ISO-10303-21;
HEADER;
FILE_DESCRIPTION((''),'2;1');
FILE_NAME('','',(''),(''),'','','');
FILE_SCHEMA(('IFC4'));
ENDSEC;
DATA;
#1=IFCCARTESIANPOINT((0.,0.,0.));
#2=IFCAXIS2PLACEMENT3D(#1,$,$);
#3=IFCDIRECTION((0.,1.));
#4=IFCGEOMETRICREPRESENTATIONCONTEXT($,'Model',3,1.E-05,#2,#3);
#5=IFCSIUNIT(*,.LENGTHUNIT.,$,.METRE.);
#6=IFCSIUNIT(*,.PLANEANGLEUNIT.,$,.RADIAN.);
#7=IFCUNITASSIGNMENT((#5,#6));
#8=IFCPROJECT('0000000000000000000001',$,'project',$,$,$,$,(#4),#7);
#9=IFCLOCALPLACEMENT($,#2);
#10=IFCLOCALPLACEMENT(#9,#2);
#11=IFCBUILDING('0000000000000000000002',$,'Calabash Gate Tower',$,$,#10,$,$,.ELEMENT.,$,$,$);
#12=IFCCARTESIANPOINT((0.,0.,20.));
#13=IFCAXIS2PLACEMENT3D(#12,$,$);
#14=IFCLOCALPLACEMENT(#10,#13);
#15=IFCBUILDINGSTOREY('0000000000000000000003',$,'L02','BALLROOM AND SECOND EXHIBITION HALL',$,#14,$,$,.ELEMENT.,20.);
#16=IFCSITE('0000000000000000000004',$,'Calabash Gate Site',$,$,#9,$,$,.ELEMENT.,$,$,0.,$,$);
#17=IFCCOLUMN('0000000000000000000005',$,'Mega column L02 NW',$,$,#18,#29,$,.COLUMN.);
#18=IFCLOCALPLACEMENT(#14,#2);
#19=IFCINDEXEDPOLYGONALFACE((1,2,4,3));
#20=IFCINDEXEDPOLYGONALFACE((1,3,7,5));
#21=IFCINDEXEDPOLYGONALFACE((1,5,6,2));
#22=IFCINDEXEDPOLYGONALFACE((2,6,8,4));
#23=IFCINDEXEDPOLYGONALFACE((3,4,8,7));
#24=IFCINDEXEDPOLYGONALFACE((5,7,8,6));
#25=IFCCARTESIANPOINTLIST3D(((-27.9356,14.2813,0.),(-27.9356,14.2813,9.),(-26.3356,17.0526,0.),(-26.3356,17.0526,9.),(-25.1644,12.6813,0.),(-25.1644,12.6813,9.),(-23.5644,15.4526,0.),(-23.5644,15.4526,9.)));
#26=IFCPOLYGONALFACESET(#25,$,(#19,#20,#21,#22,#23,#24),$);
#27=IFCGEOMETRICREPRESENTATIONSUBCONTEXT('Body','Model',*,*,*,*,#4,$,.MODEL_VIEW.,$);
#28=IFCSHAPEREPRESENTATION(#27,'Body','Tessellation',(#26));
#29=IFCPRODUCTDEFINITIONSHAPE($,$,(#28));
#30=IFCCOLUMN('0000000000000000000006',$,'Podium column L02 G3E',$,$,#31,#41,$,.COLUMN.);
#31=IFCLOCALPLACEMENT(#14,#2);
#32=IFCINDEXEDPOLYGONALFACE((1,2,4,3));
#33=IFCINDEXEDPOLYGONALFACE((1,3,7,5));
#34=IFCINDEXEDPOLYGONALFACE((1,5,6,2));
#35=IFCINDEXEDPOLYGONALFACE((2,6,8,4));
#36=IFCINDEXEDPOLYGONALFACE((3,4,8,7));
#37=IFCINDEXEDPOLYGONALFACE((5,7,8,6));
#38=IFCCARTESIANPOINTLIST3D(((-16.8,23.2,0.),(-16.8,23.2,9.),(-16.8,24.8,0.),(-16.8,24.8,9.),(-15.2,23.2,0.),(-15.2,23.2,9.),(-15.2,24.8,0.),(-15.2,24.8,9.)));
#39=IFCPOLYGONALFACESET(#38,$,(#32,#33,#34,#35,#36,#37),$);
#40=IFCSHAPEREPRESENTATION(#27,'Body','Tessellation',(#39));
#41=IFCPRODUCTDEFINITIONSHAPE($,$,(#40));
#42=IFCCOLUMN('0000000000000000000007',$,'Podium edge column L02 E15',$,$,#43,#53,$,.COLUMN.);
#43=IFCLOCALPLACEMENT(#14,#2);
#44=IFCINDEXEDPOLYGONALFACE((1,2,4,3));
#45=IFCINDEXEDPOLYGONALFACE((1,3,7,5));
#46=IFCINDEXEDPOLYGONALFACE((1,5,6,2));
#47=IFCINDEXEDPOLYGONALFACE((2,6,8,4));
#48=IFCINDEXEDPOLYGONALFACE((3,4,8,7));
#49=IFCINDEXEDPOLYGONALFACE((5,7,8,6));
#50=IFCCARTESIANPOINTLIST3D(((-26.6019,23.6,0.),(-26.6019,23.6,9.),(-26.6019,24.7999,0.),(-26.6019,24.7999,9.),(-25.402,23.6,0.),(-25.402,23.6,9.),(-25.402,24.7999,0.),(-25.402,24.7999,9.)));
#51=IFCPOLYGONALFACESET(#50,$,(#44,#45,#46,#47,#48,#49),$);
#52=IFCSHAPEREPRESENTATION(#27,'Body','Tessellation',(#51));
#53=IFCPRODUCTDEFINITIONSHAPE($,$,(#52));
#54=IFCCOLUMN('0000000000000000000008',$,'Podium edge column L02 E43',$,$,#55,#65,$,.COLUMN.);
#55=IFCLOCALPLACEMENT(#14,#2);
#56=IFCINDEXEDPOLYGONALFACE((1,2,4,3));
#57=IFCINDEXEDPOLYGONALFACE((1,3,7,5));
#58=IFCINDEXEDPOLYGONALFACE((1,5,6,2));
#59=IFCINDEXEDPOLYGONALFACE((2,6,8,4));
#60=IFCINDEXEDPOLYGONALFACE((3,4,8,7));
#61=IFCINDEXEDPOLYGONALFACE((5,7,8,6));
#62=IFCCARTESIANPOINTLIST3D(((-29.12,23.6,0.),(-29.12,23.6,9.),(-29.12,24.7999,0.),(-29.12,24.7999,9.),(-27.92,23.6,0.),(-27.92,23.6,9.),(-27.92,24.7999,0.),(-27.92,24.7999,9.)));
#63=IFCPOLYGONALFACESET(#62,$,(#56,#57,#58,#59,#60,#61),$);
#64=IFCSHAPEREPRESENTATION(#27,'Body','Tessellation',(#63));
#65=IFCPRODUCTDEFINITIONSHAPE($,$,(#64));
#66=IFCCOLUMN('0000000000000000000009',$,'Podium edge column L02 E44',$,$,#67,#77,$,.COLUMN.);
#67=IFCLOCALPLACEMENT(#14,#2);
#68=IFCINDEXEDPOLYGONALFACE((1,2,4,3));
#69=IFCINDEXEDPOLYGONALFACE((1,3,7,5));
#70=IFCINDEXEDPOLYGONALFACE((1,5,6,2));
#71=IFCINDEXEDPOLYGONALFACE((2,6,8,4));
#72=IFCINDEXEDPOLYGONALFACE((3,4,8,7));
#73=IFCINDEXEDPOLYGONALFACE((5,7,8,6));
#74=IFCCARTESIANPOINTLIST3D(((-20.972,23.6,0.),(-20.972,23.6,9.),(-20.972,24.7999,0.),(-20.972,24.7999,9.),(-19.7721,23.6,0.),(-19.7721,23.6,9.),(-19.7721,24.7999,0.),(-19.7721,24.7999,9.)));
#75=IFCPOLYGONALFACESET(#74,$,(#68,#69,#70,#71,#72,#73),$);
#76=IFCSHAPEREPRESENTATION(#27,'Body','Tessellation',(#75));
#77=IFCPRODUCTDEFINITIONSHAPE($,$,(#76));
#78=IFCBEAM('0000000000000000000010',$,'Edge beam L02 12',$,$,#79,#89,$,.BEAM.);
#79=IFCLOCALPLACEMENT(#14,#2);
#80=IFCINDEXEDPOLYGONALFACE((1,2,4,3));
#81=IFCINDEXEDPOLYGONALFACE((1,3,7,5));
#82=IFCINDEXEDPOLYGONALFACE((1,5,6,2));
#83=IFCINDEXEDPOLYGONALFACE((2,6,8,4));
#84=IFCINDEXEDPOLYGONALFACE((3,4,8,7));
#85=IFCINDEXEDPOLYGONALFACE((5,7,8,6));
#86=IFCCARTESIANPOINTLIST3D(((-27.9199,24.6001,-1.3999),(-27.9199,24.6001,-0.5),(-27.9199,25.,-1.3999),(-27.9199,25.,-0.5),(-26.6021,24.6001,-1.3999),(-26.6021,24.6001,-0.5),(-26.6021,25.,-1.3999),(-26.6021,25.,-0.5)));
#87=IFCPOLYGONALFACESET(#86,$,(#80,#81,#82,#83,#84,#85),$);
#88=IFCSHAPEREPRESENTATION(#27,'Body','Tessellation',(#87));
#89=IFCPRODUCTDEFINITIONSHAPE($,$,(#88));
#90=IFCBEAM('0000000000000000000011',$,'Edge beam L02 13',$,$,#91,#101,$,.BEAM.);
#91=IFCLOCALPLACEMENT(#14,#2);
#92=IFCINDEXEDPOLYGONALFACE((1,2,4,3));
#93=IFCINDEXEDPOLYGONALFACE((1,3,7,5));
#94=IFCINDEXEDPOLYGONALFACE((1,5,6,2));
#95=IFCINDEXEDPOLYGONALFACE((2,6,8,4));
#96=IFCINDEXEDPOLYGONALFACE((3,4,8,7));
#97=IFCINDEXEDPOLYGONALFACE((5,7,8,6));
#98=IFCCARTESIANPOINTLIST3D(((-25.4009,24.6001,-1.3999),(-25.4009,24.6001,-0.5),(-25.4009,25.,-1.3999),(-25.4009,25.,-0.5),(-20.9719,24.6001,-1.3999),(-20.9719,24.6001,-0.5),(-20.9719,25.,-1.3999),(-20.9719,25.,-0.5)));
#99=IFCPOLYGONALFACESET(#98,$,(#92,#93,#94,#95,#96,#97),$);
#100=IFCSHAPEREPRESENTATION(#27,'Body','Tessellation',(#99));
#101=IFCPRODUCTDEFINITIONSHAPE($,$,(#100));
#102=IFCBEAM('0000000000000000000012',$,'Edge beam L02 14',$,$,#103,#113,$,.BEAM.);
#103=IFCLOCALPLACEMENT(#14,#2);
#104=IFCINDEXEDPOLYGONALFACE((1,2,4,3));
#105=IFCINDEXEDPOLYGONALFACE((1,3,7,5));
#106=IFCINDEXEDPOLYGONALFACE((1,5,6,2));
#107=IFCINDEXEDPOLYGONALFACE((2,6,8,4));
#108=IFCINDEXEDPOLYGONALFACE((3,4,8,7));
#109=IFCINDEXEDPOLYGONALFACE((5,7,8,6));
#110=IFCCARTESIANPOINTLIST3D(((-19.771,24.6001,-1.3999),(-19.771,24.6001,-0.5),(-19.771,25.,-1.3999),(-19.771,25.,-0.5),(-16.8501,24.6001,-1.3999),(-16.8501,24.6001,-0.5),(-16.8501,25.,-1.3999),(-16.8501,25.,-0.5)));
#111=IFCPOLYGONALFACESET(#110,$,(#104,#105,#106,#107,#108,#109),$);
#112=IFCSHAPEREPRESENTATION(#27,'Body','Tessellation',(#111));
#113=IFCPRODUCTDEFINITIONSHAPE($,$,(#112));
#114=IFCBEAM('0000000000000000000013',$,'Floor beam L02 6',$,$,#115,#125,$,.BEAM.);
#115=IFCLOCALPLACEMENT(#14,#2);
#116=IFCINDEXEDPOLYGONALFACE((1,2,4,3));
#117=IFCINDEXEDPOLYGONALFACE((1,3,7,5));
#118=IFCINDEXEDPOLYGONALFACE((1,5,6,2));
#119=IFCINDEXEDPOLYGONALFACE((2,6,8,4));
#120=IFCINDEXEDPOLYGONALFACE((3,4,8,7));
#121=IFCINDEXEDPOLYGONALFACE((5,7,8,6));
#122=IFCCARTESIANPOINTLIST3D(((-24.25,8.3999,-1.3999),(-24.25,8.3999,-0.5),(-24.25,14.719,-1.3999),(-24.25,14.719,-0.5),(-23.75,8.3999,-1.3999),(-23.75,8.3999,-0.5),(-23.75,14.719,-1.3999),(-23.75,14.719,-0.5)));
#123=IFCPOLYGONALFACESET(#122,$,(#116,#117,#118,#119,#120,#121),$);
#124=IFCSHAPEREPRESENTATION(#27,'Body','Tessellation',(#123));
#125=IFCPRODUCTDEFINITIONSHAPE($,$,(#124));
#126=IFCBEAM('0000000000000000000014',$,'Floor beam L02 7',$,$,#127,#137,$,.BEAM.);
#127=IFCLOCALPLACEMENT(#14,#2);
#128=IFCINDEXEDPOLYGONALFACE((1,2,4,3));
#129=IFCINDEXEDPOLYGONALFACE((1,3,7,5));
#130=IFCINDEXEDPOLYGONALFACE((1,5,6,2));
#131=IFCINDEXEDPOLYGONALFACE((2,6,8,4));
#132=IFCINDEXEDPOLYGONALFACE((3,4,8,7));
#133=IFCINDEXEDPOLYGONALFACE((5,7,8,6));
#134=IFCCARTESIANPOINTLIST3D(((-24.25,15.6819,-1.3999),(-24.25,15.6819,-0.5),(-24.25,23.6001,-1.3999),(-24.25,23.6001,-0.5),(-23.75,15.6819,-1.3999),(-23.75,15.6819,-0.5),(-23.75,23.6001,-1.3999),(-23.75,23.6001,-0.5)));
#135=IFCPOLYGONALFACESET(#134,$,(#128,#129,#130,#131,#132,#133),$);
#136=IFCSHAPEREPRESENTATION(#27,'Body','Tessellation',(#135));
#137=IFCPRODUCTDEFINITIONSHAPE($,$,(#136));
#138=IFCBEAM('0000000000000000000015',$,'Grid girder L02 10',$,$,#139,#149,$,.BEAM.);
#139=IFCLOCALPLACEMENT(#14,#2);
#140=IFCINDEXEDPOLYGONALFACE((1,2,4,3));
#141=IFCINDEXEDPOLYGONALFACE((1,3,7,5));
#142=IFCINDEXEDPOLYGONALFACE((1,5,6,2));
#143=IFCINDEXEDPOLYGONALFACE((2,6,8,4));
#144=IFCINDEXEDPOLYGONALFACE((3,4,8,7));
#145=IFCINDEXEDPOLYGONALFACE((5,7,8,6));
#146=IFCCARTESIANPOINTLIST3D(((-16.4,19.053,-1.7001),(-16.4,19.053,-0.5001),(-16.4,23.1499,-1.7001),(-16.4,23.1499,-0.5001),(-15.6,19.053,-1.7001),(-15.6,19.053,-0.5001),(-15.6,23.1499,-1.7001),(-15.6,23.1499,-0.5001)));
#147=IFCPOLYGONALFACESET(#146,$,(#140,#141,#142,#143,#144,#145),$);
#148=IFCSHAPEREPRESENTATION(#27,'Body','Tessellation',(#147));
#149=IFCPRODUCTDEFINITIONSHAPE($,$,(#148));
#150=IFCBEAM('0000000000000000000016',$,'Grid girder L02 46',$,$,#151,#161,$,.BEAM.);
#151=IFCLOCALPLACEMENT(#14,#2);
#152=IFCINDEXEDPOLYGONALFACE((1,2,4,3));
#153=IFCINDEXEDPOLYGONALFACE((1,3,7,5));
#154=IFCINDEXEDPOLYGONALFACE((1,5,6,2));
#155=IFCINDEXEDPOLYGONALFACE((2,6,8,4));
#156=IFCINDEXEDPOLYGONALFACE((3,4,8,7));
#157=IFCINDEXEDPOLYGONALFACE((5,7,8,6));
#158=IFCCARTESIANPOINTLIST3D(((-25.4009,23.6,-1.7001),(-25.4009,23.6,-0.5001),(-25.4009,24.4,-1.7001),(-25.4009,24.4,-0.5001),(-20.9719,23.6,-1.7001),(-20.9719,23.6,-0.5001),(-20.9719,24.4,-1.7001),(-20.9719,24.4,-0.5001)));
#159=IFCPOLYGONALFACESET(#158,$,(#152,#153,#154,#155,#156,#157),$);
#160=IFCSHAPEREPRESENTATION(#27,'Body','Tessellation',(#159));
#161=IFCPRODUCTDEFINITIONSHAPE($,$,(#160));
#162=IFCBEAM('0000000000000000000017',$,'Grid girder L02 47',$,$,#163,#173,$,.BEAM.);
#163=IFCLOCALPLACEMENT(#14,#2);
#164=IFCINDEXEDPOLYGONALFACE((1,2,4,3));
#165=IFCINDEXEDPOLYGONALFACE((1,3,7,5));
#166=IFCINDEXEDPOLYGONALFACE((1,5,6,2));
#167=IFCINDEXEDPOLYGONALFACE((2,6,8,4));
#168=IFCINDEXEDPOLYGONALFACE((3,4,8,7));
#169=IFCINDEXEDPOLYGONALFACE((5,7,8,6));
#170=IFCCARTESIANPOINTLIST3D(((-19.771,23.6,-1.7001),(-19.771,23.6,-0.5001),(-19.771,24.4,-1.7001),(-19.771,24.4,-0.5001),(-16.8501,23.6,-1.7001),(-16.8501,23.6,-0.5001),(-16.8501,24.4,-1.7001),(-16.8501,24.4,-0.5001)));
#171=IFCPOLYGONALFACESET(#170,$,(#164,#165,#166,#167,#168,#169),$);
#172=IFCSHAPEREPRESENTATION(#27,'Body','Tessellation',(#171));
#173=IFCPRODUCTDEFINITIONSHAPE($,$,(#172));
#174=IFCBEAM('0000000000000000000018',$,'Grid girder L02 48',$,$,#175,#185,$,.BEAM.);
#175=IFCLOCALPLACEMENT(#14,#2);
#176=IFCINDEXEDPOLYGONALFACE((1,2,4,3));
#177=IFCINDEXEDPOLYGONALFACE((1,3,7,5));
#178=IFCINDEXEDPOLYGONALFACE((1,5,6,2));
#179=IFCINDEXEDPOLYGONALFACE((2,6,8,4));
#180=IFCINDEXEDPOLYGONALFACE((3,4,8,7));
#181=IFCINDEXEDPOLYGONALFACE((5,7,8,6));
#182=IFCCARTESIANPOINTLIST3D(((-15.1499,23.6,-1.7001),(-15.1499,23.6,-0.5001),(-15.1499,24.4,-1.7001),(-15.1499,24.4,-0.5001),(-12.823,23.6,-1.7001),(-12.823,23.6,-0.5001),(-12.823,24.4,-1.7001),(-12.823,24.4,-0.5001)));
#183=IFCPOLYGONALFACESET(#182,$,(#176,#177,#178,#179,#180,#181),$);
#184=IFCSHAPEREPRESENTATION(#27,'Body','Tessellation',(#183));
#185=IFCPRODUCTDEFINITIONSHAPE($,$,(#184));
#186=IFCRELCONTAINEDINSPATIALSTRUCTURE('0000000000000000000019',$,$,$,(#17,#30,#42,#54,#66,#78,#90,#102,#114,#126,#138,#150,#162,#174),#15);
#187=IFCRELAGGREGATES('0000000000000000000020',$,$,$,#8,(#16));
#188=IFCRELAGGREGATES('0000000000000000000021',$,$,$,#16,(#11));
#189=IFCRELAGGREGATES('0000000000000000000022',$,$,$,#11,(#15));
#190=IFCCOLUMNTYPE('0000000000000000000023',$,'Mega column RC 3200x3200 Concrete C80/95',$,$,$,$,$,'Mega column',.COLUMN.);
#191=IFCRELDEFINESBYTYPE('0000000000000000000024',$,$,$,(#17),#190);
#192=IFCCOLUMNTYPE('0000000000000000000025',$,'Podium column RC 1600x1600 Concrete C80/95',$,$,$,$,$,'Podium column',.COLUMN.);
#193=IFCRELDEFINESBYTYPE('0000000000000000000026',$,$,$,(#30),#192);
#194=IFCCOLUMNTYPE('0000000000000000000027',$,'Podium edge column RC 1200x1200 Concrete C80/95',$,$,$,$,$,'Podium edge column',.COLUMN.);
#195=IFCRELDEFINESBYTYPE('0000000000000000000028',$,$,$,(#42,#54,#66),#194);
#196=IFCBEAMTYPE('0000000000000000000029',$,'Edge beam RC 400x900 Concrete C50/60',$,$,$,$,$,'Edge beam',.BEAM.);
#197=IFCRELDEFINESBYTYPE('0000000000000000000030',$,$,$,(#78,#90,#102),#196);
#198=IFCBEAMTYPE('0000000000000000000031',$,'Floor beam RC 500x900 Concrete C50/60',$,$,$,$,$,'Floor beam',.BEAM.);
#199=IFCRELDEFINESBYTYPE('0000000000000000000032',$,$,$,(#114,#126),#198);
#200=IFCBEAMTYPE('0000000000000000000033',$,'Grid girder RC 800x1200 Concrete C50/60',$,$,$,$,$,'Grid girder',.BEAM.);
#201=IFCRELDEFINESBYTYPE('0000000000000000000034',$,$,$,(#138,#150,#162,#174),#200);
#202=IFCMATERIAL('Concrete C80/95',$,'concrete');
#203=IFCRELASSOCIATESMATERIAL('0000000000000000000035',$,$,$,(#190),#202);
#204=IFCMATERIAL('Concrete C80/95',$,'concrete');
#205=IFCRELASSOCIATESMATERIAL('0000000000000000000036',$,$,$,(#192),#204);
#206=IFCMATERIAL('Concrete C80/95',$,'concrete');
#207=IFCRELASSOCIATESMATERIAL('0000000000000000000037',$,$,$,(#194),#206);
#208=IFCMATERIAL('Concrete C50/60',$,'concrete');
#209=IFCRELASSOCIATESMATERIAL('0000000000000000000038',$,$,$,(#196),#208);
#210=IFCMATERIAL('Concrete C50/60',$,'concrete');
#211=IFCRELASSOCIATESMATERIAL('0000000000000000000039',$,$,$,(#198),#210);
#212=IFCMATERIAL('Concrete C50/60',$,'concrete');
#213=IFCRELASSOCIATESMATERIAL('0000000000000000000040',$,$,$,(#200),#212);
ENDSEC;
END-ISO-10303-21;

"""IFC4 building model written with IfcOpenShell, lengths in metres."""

from ifc_helpers import new_model, si_unit, direction, frame, origin, origin_2d, place, context, subcontext, project, spatial, rectangle, extrude, material, material_profile, profile_set, type_object, element, save


model = new_model("IFC4")

# Units and contexts
model_context = context("Model", 3, precision=1e-05, world=origin(), true_north=direction((0.0, 1.0)))
body_context = subcontext(model_context, "Body", "Model", "MODEL_VIEW")
ifc_project = project(units=[si_unit("LENGTHUNIT", "METRE"), si_unit("PLANEANGLEUNIT", "RADIAN")], contexts=[model_context])

# Site, building, storey
site_placement = place(None, origin())
site = spatial("IfcSite", under=ifc_project, at=site_placement, Name="Calabash Gate Site", CompositionType="ELEMENT", RefElevation=0.0)
building_placement = place(site_placement, origin())
building = spatial("IfcBuilding", under=site, at=building_placement, Name="Calabash Gate Tower", CompositionType="ELEMENT")
storey_placement = place(building_placement, frame((0.0, 0.0, 20.0)))
storey = spatial("IfcBuildingStorey", under=building, at=storey_placement, Name="L02", Description="BALLROOM AND SECOND EXHIBITION HALL", CompositionType="ELEMENT", Elevation=20.0)

# Columns
ifc_material_1 = material(Name="Concrete C80/95", Category="concrete")
ifc_material_profile_1 = material_profile(ifc_material_1, rectangle(XDim=3.2, YDim=3.2, at=origin_2d()))
ifc_profile_set_1 = profile_set([ifc_material_profile_1], Name="Concrete C80/95")
column_type_1 = type_object("IfcColumnType", Name="Mega column RC 3200x3200 Concrete C80/95", ElementType="Mega column", PredefinedType="COLUMN", material=ifc_profile_set_1)
column_1_placement = place(storey_placement, frame((-25.75, 14.8669, 0.0), z_axis=(0.0, 0.0, 1.0), x_axis=(0.866025, -0.5, 0.0)))
element("IfcColumn", 1, at=column_1_placement, inside=storey, type_object=column_type_1, Name="Mega column L02 NW", PredefinedType="COLUMN", context=body_context, shape_type="SweptSolid", body=[
    extrude(rectangle(XDim=3.2, YDim=3.2, at=origin_2d()), origin(), (0.0, 0.0, 1.0), 9.0),
])
ifc_material_2 = material(Name="Concrete C80/95", Category="concrete")
ifc_material_profile_2 = material_profile(ifc_material_2, rectangle(XDim=1.6001, YDim=1.6001, at=origin_2d()))
ifc_profile_set_2 = profile_set([ifc_material_profile_2], Name="Concrete C80/95")
column_type_2 = type_object("IfcColumnType", Name="Podium column RC 1600x1600 Concrete C80/95", ElementType="Podium column", PredefinedType="COLUMN", material=ifc_profile_set_2)
column_2_placement = place(storey_placement, frame((-16.0, 24.0, 0.0), z_axis=(0.0, 0.0, 1.0), x_axis=(1.0, 0.0, 0.0)))
element("IfcColumn", 2, at=column_2_placement, inside=storey, type_object=column_type_2, Name="Podium column L02 G3E", PredefinedType="COLUMN", context=body_context, shape_type="SweptSolid", body=[
    extrude(rectangle(XDim=1.6001, YDim=1.6001, at=origin_2d()), origin(), (0.0, 0.0, 1.0), 9.0),
])
ifc_material_3 = material(Name="Concrete C80/95", Category="concrete")
ifc_material_profile_3 = material_profile(ifc_material_3, rectangle(XDim=1.2, YDim=1.2, at=origin_2d()))
ifc_profile_set_3 = profile_set([ifc_material_profile_3], Name="Concrete C80/95")
column_type_3 = type_object("IfcColumnType", Name="Podium edge column RC 1200x1200 Concrete C80/95", ElementType="Podium edge column", PredefinedType="COLUMN", material=ifc_profile_set_3)
for number, where, z_axis, x_axis, name in (
    (3, (-26.002, 24.2, 0.0), (0.0, 0.0, 1.0), (1.0, 0.0, 0.0), "Podium edge column L02 E15"),
    (4, (-28.52, 24.2, 0.0), (0.0, 0.0, 1.0), (1.0, 0.0, 0.0), "Podium edge column L02 E43"),
    (5, (-20.3721, 24.2, 0.0), (0.0, 0.0, 1.0), (1.0, 0.0, 0.0), "Podium edge column L02 E44"),
):
    element("IfcColumn", number, at=place(storey_placement, frame(where, z_axis=z_axis, x_axis=x_axis)), inside=storey, type_object=column_type_3, Name=name, PredefinedType="COLUMN", context=body_context, shape_type="SweptSolid", body=[
        extrude(rectangle(XDim=1.2, YDim=1.2, at=origin_2d()), origin(), (0.0, 0.0, 1.0), 9.0),
    ])

# Beams
ifc_material_4 = material(Name="Concrete C50/60", Category="concrete")
ifc_material_profile_4 = material_profile(ifc_material_4, rectangle(XDim=0.3999, YDim=0.8999, at=origin_2d()))
ifc_profile_set_4 = profile_set([ifc_material_profile_4], Name="Concrete C50/60")
beam_type_1 = type_object("IfcBeamType", Name="Edge beam RC 400x900 Concrete C50/60", ElementType="Edge beam", PredefinedType="BEAM", material=ifc_profile_set_4)
beam_1_placement = place(storey_placement, frame((-27.9199, 24.8, -0.95), z_axis=(1.0, 0.0, 0.0), x_axis=(0.0, 1.0, 0.0)))
element("IfcBeam", 6, at=beam_1_placement, inside=storey, type_object=beam_type_1, Name="Edge beam L02 12", PredefinedType="BEAM", context=body_context, shape_type="SweptSolid", body=[
    extrude(rectangle(XDim=0.3999, YDim=0.8999, at=origin_2d()), origin(), (0.0, 0.0, 1.0), 1.3179),
])
beam_2_placement = place(storey_placement, frame((-25.4009, 24.8, -0.95), z_axis=(1.0, 0.0, 0.0), x_axis=(0.0, 1.0, 0.0)))
element("IfcBeam", 7, at=beam_2_placement, inside=storey, type_object=beam_type_1, Name="Edge beam L02 13", PredefinedType="BEAM", context=body_context, shape_type="SweptSolid", body=[
    extrude(rectangle(XDim=0.3999, YDim=0.8999, at=origin_2d()), origin(), (0.0, 0.0, 1.0), 4.429),
])
beam_3_placement = place(storey_placement, frame((-19.771, 24.8, -0.95), z_axis=(1.0, 0.0, 0.0), x_axis=(0.0, 1.0, 0.0)))
element("IfcBeam", 8, at=beam_3_placement, inside=storey, type_object=beam_type_1, Name="Edge beam L02 14", PredefinedType="BEAM", context=body_context, shape_type="SweptSolid", body=[
    extrude(rectangle(XDim=0.3999, YDim=0.8999, at=origin_2d()), origin(), (0.0, 0.0, 1.0), 2.9209),
])
ifc_material_5 = material(Name="Concrete C50/60", Category="concrete")
ifc_material_profile_5 = material_profile(ifc_material_5, rectangle(XDim=0.5, YDim=0.8999, at=origin_2d()))
ifc_profile_set_5 = profile_set([ifc_material_profile_5], Name="Concrete C50/60")
beam_type_2 = type_object("IfcBeamType", Name="Floor beam RC 500x900 Concrete C50/60", ElementType="Floor beam", PredefinedType="BEAM", material=ifc_profile_set_5)
beam_4_placement = place(storey_placement, frame((-24.0, 8.3999, -0.95), z_axis=(0.0, 1.0, 0.0), x_axis=(-1.0, 0.0, 0.0)))
element("IfcBeam", 9, at=beam_4_placement, inside=storey, type_object=beam_type_2, Name="Floor beam L02 6", PredefinedType="BEAM", context=body_context, shape_type="SweptSolid", body=[
    extrude(rectangle(XDim=0.5, YDim=0.8999, at=origin_2d()), origin(), (0.0, 0.0, 1.0), 6.3191),
])
beam_5_placement = place(storey_placement, frame((-24.0, 15.6819, -0.95), z_axis=(0.0, 1.0, 0.0), x_axis=(-1.0, 0.0, 0.0)))
element("IfcBeam", 10, at=beam_5_placement, inside=storey, type_object=beam_type_2, Name="Floor beam L02 7", PredefinedType="BEAM", context=body_context, shape_type="SweptSolid", body=[
    extrude(rectangle(XDim=0.5, YDim=0.8999, at=origin_2d()), origin(), (0.0, 0.0, 1.0), 7.9182),
])
ifc_material_6 = material(Name="Concrete C50/60", Category="concrete")
ifc_material_profile_6 = material_profile(ifc_material_6, rectangle(XDim=0.8, YDim=1.2, at=origin_2d()))
ifc_profile_set_6 = profile_set([ifc_material_profile_6], Name="Concrete C50/60")
beam_type_3 = type_object("IfcBeamType", Name="Grid girder RC 800x1200 Concrete C50/60", ElementType="Grid girder", PredefinedType="BEAM", material=ifc_profile_set_6)
beam_6_placement = place(storey_placement, frame((-16.0, 19.053, -1.1001), z_axis=(0.0, 1.0, 0.0), x_axis=(-1.0, 0.0, 0.0)))
element("IfcBeam", 11, at=beam_6_placement, inside=storey, type_object=beam_type_3, Name="Grid girder L02 10", PredefinedType="BEAM", context=body_context, shape_type="SweptSolid", body=[
    extrude(rectangle(XDim=0.8, YDim=1.2, at=origin_2d()), origin(), (0.0, 0.0, 1.0), 4.0969),
])
beam_7_placement = place(storey_placement, frame((-25.4009, 24.0, -1.1001), z_axis=(1.0, 0.0, 0.0), x_axis=(0.0, 1.0, 0.0)))
element("IfcBeam", 12, at=beam_7_placement, inside=storey, type_object=beam_type_3, Name="Grid girder L02 46", PredefinedType="BEAM", context=body_context, shape_type="SweptSolid", body=[
    extrude(rectangle(XDim=0.8, YDim=1.2, at=origin_2d()), origin(), (0.0, 0.0, 1.0), 4.429),
])
beam_8_placement = place(storey_placement, frame((-19.771, 24.0, -1.1001), z_axis=(1.0, 0.0, 0.0), x_axis=(0.0, 1.0, 0.0)))
element("IfcBeam", 13, at=beam_8_placement, inside=storey, type_object=beam_type_3, Name="Grid girder L02 47", PredefinedType="BEAM", context=body_context, shape_type="SweptSolid", body=[
    extrude(rectangle(XDim=0.8, YDim=1.2, at=origin_2d()), origin(), (0.0, 0.0, 1.0), 2.9209),
])
beam_9_placement = place(storey_placement, frame((-15.1499, 24.0, -1.1001), z_axis=(1.0, 0.0, 0.0), x_axis=(0.0, 1.0, 0.0)))
element("IfcBeam", 14, at=beam_9_placement, inside=storey, type_object=beam_type_3, Name="Grid girder L02 48", PredefinedType="BEAM", context=body_context, shape_type="SweptSolid", body=[
    extrude(rectangle(XDim=0.8, YDim=1.2, at=origin_2d()), origin(), (0.0, 0.0, 1.0), 2.3269),
])

save(model, "model.ifc")
